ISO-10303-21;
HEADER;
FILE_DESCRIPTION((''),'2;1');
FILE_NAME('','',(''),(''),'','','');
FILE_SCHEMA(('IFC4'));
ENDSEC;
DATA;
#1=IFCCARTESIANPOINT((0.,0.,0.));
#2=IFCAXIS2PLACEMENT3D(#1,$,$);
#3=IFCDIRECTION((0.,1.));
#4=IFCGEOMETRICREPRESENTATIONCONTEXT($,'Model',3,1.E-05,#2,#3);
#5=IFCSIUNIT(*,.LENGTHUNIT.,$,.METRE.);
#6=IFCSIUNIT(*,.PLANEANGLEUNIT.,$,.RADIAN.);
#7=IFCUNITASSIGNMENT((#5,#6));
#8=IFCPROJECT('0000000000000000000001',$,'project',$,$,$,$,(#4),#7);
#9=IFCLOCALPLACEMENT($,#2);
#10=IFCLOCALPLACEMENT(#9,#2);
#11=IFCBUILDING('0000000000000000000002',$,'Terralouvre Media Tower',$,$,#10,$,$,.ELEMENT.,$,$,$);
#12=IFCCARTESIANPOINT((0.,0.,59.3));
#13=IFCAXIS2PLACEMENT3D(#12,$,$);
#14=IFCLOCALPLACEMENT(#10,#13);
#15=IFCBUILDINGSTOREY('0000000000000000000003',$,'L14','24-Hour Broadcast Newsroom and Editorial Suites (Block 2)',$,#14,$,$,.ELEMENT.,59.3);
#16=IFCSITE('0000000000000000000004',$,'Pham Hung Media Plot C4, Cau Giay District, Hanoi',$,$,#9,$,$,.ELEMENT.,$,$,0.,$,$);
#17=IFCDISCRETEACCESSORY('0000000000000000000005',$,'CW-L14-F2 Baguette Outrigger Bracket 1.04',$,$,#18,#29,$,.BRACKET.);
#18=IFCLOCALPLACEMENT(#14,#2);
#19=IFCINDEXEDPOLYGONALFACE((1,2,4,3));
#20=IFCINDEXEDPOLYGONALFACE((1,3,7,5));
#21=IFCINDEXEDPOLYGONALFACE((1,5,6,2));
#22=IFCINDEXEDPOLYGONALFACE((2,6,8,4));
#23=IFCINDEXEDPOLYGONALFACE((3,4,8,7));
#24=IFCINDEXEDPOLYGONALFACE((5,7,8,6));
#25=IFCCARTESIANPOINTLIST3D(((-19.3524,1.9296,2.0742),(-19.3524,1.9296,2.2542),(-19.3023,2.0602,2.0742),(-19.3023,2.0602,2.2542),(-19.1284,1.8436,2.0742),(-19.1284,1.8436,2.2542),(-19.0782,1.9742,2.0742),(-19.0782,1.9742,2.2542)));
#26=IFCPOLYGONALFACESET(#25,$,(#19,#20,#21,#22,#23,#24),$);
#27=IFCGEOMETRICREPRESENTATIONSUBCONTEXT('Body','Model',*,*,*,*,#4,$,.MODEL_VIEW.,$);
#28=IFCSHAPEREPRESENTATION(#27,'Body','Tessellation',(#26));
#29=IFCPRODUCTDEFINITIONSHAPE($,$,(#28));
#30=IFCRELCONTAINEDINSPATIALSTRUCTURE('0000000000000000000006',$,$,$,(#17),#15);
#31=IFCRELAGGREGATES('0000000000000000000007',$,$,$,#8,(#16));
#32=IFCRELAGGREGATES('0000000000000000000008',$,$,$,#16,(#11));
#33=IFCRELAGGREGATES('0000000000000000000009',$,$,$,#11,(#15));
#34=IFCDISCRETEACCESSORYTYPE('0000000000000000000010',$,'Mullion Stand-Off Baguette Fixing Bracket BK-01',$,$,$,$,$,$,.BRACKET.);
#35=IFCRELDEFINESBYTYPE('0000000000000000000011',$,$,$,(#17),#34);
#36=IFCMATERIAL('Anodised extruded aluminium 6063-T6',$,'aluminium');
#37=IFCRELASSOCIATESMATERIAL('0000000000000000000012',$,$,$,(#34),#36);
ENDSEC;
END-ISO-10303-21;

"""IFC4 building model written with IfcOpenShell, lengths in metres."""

from ifc_helpers import new_model, si_unit, direction, frame, origin, origin_2d, place, context, subcontext, project, spatial, rectangle, extrude, material, type_object, element, save


model = new_model("IFC4")

# Units and contexts
model_context = context("Model", 3, precision=1e-05, world=origin(), true_north=direction((0.0, 1.0)))
body_context = subcontext(model_context, "Body", "Model", "MODEL_VIEW")
ifc_project = project(units=[si_unit("LENGTHUNIT", "METRE"), si_unit("PLANEANGLEUNIT", "RADIAN")], contexts=[model_context])

# Site, building, storey
site_placement = place(None, origin())
site = spatial("IfcSite", under=ifc_project, at=site_placement, Name="Pham Hung Media Plot C4, Cau Giay District, Hanoi", CompositionType="ELEMENT", RefElevation=0.0)
building_placement = place(site_placement, origin())
building = spatial("IfcBuilding", under=site, at=building_placement, Name="Terralouvre Media Tower", CompositionType="ELEMENT")
storey_placement = place(building_placement, frame((0.0, 0.0, 59.3)))
storey = spatial("IfcBuildingStorey", under=building, at=storey_placement, Name="L14", Description="24-Hour Broadcast Newsroom and Editorial Suites (Block 2)", CompositionType="ELEMENT", Elevation=59.3)

# Discrete accessory
ifc_material_1 = material(Name="Anodised extruded aluminium 6063-T6", Category="aluminium")
discrete_accessory_type = type_object("IfcDiscreteAccessoryType", Name="Mullion Stand-Off Baguette Fixing Bracket BK-01", PredefinedType="BRACKET", material=ifc_material_1)
discrete_accessory_placement = place(storey_placement, frame((-19.2153, 1.9519, 2.0742), z_axis=(0.0, 0.0, 1.0), x_axis=(-0.358368, -0.93358, 0.0)))
element("IfcDiscreteAccessory", 1, at=discrete_accessory_placement, inside=storey, type_object=discrete_accessory_type, Name="CW-L14-F2 Baguette Outrigger Bracket 1.04", PredefinedType="BRACKET", context=body_context, shape_type="SweptSolid", body=[
    extrude(rectangle(XDim=0.1399, YDim=0.24, at=origin_2d()), origin(), (0.0, 0.0, 1.0), 0.1799),
])

save(model, "model.ifc")
